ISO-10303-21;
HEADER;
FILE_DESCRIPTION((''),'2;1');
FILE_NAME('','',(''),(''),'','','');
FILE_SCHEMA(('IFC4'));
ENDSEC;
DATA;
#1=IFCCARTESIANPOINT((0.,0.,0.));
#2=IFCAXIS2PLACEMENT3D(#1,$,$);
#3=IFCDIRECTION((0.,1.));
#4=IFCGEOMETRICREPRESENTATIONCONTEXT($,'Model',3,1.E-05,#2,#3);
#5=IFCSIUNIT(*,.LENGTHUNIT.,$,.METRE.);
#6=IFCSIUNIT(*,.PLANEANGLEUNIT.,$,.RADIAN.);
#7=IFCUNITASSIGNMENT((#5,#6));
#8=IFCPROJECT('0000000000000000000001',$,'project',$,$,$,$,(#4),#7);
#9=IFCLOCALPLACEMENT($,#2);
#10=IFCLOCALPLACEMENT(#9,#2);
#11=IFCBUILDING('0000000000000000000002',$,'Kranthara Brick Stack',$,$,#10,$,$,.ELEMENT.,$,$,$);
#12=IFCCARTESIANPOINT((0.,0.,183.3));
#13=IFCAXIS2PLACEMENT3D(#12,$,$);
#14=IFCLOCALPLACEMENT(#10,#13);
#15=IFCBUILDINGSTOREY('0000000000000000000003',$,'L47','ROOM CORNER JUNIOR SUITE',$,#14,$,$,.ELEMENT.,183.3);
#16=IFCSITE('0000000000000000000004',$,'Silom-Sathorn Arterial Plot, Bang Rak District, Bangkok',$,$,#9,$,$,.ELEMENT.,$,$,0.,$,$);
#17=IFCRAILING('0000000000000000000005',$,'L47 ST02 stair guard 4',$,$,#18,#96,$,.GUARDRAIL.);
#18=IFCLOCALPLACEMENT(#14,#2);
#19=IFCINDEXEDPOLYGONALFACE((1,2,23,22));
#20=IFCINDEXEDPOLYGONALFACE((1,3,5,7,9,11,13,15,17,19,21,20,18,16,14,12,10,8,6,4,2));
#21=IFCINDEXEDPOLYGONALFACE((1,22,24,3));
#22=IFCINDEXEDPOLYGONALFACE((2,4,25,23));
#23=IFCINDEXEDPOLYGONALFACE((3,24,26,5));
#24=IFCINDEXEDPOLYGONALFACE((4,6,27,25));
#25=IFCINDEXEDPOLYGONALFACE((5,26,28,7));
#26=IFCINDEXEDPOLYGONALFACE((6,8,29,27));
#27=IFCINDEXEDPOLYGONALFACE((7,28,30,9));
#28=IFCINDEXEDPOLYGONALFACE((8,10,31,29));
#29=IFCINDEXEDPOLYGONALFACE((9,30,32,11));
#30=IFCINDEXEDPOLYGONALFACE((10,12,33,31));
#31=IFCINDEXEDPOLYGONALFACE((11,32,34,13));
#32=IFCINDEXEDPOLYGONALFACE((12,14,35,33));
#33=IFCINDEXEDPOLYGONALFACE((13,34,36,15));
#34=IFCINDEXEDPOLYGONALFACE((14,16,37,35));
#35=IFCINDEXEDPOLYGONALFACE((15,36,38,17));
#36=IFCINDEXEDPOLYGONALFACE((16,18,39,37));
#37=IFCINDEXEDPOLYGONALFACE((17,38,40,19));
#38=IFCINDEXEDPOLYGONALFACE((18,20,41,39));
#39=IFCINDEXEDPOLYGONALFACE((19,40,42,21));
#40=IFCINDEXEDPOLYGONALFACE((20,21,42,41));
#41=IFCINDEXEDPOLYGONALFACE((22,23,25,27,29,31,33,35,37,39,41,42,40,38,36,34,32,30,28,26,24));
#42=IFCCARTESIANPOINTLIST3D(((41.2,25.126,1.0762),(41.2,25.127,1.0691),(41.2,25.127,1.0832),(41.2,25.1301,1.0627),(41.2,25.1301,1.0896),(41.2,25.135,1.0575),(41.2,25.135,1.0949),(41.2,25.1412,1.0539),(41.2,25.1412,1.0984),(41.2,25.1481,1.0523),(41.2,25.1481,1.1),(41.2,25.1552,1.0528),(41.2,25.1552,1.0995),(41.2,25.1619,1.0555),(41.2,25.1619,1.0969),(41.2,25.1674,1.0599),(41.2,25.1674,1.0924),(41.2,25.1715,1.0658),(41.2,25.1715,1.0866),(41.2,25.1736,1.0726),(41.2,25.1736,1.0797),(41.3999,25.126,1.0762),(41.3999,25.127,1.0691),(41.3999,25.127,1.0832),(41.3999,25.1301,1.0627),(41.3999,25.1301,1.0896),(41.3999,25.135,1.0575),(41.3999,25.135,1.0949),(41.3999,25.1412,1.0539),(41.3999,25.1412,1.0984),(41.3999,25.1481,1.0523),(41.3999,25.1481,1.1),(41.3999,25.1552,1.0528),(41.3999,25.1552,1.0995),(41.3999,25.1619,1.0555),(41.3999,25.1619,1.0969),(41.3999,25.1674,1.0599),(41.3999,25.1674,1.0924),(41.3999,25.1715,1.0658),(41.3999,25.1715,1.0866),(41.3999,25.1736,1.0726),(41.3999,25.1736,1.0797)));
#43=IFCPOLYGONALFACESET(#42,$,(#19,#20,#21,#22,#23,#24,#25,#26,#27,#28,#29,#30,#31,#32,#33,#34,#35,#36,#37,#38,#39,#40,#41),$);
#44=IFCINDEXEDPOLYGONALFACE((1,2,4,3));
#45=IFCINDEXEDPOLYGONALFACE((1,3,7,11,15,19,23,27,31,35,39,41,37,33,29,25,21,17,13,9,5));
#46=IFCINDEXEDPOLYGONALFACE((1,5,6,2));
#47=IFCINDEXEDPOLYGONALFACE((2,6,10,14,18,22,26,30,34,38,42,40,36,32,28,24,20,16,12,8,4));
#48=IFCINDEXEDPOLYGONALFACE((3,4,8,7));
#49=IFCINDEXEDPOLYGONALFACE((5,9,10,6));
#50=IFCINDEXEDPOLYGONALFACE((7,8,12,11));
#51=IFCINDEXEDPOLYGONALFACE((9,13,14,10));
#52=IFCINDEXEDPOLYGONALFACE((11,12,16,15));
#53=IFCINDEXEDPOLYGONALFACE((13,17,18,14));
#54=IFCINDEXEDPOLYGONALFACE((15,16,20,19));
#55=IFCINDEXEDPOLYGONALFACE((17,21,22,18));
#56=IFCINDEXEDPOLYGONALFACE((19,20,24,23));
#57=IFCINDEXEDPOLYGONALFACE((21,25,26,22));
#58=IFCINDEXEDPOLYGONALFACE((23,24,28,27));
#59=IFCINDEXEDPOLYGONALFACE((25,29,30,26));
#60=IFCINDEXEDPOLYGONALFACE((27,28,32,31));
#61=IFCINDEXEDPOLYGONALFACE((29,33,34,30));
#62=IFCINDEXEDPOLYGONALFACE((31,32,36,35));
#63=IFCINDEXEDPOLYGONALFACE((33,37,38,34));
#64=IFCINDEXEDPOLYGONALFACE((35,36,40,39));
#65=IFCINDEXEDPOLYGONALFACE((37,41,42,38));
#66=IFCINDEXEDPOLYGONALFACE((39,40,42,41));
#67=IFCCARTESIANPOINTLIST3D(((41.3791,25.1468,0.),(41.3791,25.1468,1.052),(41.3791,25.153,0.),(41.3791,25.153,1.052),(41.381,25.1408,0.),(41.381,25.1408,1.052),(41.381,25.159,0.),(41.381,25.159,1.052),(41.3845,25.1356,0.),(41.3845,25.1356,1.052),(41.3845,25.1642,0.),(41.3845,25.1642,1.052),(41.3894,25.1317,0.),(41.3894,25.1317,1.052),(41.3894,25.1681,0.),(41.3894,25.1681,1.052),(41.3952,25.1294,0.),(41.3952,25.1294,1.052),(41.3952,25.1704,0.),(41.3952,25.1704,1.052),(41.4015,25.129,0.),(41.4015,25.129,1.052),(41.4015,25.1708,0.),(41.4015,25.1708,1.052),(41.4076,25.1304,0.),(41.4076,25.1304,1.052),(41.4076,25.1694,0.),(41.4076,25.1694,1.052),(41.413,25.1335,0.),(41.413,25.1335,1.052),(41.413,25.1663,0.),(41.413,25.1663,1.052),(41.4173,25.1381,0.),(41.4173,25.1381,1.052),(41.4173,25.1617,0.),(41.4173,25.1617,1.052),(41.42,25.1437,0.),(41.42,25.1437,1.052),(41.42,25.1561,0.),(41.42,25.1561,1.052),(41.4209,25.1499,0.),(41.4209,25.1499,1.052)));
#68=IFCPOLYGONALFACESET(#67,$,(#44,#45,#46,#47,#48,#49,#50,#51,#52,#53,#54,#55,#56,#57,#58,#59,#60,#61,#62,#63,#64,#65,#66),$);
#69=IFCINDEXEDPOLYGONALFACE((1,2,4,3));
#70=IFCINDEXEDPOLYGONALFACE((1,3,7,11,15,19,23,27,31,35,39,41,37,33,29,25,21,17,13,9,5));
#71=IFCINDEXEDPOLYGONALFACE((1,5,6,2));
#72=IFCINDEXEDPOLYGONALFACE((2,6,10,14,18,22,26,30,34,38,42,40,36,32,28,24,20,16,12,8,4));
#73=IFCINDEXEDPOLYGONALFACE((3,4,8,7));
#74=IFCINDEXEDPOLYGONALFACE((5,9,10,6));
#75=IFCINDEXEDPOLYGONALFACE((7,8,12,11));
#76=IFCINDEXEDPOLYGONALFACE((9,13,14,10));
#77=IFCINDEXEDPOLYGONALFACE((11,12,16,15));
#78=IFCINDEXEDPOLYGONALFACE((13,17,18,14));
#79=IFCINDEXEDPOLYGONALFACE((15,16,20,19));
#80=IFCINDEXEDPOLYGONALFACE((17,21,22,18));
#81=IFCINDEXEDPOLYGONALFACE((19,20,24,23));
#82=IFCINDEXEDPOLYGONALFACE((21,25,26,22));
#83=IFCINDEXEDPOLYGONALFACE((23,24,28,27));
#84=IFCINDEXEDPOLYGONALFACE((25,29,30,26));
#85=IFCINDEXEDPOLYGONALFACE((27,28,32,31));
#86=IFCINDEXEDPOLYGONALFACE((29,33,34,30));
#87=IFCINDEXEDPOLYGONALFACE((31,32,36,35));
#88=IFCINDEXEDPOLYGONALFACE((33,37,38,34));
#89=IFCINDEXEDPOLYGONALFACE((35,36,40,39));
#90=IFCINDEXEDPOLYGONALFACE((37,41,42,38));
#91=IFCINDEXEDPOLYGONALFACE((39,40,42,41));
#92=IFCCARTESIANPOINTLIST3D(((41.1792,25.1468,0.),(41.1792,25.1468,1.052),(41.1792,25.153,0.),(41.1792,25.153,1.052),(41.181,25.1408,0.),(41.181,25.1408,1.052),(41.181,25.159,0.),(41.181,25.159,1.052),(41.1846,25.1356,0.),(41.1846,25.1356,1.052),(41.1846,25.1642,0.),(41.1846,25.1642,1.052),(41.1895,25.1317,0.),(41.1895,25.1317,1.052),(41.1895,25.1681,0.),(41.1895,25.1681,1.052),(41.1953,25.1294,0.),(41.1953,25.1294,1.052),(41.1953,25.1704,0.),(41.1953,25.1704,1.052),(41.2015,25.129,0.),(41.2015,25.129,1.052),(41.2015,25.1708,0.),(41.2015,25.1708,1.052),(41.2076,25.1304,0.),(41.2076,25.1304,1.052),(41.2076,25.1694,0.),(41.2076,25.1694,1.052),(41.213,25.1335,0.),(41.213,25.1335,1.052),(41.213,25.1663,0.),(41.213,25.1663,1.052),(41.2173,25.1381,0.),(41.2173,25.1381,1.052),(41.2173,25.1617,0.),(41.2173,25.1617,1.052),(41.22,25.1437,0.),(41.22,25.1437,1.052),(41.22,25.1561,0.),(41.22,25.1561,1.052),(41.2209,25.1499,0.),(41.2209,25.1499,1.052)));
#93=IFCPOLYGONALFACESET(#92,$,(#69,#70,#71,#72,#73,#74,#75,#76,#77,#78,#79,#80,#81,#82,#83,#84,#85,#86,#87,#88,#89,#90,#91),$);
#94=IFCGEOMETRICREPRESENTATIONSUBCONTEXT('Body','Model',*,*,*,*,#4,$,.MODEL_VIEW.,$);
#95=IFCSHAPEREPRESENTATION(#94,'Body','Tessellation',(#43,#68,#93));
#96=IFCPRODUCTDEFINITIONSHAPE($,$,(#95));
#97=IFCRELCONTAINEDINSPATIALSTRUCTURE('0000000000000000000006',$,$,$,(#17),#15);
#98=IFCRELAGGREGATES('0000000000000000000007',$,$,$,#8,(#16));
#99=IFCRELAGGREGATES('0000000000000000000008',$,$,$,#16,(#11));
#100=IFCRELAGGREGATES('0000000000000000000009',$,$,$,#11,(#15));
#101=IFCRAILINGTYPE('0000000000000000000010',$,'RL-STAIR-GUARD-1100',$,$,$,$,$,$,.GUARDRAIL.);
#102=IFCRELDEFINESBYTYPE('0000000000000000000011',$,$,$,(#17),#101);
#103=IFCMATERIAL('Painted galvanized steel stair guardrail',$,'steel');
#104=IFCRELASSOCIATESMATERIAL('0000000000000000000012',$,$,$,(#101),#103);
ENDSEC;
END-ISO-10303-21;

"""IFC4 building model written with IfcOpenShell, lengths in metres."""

from ifc_helpers import new_model, si_unit, direction, frame, origin, origin_2d, place, context, subcontext, project, spatial, circle, extrude, material, type_object, element, save


model = new_model("IFC4")

# Units and contexts
model_context = context("Model", 3, precision=1e-05, world=origin(), true_north=direction((0.0, 1.0)))
body_context = subcontext(model_context, "Body", "Model", "MODEL_VIEW")
ifc_project = project(units=[si_unit("LENGTHUNIT", "METRE"), si_unit("PLANEANGLEUNIT", "RADIAN")], contexts=[model_context])

# Site, building, storey
site_placement = place(None, origin())
site = spatial("IfcSite", under=ifc_project, at=site_placement, Name="Silom-Sathorn Arterial Plot, Bang Rak District, Bangkok", CompositionType="ELEMENT", RefElevation=0.0)
building_placement = place(site_placement, origin())
building = spatial("IfcBuilding", under=site, at=building_placement, Name="Kranthara Brick Stack", CompositionType="ELEMENT")
storey_placement = place(building_placement, frame((0.0, 0.0, 183.3)))
storey = spatial("IfcBuildingStorey", under=building, at=storey_placement, Name="L47", Description="ROOM CORNER JUNIOR SUITE", CompositionType="ELEMENT", Elevation=183.3)

# Railing
ifc_material_1 = material(Name="Painted galvanized steel stair guardrail", Category="steel")
railing_type_1 = type_object("IfcRailingType", Name="RL-STAIR-GUARD-1100", PredefinedType="GUARDRAIL", material=ifc_material_1)
railing_1_placement = place(storey_placement, frame((41.3999, 25.1499, 0.0)))
element("IfcRailing", 1, at=railing_1_placement, inside=storey, type_object=railing_type_1, Name="L47 ST02 stair guard 4", PredefinedType="GUARDRAIL", context=body_context, shape_type="SweptSolid", body=[
    extrude(circle(Radius=0.0239, at=origin_2d()), frame((0.0, 0.0, 1.0762), z_axis=(-1.0, 0.0, 0.0), x_axis=(0.0, -1.0, 0.0)), (0.0, 0.0, 1.0), 0.2),
    extrude(circle(Radius=0.021, at=origin_2d()), origin(), (0.0, 0.0, 1.0), 1.052),
    extrude(circle(Radius=0.021, at=origin_2d()), frame((-0.2, 0.0, 0.0)), (0.0, 0.0, 1.0), 1.052),
])

save(model, "model.ifc")
